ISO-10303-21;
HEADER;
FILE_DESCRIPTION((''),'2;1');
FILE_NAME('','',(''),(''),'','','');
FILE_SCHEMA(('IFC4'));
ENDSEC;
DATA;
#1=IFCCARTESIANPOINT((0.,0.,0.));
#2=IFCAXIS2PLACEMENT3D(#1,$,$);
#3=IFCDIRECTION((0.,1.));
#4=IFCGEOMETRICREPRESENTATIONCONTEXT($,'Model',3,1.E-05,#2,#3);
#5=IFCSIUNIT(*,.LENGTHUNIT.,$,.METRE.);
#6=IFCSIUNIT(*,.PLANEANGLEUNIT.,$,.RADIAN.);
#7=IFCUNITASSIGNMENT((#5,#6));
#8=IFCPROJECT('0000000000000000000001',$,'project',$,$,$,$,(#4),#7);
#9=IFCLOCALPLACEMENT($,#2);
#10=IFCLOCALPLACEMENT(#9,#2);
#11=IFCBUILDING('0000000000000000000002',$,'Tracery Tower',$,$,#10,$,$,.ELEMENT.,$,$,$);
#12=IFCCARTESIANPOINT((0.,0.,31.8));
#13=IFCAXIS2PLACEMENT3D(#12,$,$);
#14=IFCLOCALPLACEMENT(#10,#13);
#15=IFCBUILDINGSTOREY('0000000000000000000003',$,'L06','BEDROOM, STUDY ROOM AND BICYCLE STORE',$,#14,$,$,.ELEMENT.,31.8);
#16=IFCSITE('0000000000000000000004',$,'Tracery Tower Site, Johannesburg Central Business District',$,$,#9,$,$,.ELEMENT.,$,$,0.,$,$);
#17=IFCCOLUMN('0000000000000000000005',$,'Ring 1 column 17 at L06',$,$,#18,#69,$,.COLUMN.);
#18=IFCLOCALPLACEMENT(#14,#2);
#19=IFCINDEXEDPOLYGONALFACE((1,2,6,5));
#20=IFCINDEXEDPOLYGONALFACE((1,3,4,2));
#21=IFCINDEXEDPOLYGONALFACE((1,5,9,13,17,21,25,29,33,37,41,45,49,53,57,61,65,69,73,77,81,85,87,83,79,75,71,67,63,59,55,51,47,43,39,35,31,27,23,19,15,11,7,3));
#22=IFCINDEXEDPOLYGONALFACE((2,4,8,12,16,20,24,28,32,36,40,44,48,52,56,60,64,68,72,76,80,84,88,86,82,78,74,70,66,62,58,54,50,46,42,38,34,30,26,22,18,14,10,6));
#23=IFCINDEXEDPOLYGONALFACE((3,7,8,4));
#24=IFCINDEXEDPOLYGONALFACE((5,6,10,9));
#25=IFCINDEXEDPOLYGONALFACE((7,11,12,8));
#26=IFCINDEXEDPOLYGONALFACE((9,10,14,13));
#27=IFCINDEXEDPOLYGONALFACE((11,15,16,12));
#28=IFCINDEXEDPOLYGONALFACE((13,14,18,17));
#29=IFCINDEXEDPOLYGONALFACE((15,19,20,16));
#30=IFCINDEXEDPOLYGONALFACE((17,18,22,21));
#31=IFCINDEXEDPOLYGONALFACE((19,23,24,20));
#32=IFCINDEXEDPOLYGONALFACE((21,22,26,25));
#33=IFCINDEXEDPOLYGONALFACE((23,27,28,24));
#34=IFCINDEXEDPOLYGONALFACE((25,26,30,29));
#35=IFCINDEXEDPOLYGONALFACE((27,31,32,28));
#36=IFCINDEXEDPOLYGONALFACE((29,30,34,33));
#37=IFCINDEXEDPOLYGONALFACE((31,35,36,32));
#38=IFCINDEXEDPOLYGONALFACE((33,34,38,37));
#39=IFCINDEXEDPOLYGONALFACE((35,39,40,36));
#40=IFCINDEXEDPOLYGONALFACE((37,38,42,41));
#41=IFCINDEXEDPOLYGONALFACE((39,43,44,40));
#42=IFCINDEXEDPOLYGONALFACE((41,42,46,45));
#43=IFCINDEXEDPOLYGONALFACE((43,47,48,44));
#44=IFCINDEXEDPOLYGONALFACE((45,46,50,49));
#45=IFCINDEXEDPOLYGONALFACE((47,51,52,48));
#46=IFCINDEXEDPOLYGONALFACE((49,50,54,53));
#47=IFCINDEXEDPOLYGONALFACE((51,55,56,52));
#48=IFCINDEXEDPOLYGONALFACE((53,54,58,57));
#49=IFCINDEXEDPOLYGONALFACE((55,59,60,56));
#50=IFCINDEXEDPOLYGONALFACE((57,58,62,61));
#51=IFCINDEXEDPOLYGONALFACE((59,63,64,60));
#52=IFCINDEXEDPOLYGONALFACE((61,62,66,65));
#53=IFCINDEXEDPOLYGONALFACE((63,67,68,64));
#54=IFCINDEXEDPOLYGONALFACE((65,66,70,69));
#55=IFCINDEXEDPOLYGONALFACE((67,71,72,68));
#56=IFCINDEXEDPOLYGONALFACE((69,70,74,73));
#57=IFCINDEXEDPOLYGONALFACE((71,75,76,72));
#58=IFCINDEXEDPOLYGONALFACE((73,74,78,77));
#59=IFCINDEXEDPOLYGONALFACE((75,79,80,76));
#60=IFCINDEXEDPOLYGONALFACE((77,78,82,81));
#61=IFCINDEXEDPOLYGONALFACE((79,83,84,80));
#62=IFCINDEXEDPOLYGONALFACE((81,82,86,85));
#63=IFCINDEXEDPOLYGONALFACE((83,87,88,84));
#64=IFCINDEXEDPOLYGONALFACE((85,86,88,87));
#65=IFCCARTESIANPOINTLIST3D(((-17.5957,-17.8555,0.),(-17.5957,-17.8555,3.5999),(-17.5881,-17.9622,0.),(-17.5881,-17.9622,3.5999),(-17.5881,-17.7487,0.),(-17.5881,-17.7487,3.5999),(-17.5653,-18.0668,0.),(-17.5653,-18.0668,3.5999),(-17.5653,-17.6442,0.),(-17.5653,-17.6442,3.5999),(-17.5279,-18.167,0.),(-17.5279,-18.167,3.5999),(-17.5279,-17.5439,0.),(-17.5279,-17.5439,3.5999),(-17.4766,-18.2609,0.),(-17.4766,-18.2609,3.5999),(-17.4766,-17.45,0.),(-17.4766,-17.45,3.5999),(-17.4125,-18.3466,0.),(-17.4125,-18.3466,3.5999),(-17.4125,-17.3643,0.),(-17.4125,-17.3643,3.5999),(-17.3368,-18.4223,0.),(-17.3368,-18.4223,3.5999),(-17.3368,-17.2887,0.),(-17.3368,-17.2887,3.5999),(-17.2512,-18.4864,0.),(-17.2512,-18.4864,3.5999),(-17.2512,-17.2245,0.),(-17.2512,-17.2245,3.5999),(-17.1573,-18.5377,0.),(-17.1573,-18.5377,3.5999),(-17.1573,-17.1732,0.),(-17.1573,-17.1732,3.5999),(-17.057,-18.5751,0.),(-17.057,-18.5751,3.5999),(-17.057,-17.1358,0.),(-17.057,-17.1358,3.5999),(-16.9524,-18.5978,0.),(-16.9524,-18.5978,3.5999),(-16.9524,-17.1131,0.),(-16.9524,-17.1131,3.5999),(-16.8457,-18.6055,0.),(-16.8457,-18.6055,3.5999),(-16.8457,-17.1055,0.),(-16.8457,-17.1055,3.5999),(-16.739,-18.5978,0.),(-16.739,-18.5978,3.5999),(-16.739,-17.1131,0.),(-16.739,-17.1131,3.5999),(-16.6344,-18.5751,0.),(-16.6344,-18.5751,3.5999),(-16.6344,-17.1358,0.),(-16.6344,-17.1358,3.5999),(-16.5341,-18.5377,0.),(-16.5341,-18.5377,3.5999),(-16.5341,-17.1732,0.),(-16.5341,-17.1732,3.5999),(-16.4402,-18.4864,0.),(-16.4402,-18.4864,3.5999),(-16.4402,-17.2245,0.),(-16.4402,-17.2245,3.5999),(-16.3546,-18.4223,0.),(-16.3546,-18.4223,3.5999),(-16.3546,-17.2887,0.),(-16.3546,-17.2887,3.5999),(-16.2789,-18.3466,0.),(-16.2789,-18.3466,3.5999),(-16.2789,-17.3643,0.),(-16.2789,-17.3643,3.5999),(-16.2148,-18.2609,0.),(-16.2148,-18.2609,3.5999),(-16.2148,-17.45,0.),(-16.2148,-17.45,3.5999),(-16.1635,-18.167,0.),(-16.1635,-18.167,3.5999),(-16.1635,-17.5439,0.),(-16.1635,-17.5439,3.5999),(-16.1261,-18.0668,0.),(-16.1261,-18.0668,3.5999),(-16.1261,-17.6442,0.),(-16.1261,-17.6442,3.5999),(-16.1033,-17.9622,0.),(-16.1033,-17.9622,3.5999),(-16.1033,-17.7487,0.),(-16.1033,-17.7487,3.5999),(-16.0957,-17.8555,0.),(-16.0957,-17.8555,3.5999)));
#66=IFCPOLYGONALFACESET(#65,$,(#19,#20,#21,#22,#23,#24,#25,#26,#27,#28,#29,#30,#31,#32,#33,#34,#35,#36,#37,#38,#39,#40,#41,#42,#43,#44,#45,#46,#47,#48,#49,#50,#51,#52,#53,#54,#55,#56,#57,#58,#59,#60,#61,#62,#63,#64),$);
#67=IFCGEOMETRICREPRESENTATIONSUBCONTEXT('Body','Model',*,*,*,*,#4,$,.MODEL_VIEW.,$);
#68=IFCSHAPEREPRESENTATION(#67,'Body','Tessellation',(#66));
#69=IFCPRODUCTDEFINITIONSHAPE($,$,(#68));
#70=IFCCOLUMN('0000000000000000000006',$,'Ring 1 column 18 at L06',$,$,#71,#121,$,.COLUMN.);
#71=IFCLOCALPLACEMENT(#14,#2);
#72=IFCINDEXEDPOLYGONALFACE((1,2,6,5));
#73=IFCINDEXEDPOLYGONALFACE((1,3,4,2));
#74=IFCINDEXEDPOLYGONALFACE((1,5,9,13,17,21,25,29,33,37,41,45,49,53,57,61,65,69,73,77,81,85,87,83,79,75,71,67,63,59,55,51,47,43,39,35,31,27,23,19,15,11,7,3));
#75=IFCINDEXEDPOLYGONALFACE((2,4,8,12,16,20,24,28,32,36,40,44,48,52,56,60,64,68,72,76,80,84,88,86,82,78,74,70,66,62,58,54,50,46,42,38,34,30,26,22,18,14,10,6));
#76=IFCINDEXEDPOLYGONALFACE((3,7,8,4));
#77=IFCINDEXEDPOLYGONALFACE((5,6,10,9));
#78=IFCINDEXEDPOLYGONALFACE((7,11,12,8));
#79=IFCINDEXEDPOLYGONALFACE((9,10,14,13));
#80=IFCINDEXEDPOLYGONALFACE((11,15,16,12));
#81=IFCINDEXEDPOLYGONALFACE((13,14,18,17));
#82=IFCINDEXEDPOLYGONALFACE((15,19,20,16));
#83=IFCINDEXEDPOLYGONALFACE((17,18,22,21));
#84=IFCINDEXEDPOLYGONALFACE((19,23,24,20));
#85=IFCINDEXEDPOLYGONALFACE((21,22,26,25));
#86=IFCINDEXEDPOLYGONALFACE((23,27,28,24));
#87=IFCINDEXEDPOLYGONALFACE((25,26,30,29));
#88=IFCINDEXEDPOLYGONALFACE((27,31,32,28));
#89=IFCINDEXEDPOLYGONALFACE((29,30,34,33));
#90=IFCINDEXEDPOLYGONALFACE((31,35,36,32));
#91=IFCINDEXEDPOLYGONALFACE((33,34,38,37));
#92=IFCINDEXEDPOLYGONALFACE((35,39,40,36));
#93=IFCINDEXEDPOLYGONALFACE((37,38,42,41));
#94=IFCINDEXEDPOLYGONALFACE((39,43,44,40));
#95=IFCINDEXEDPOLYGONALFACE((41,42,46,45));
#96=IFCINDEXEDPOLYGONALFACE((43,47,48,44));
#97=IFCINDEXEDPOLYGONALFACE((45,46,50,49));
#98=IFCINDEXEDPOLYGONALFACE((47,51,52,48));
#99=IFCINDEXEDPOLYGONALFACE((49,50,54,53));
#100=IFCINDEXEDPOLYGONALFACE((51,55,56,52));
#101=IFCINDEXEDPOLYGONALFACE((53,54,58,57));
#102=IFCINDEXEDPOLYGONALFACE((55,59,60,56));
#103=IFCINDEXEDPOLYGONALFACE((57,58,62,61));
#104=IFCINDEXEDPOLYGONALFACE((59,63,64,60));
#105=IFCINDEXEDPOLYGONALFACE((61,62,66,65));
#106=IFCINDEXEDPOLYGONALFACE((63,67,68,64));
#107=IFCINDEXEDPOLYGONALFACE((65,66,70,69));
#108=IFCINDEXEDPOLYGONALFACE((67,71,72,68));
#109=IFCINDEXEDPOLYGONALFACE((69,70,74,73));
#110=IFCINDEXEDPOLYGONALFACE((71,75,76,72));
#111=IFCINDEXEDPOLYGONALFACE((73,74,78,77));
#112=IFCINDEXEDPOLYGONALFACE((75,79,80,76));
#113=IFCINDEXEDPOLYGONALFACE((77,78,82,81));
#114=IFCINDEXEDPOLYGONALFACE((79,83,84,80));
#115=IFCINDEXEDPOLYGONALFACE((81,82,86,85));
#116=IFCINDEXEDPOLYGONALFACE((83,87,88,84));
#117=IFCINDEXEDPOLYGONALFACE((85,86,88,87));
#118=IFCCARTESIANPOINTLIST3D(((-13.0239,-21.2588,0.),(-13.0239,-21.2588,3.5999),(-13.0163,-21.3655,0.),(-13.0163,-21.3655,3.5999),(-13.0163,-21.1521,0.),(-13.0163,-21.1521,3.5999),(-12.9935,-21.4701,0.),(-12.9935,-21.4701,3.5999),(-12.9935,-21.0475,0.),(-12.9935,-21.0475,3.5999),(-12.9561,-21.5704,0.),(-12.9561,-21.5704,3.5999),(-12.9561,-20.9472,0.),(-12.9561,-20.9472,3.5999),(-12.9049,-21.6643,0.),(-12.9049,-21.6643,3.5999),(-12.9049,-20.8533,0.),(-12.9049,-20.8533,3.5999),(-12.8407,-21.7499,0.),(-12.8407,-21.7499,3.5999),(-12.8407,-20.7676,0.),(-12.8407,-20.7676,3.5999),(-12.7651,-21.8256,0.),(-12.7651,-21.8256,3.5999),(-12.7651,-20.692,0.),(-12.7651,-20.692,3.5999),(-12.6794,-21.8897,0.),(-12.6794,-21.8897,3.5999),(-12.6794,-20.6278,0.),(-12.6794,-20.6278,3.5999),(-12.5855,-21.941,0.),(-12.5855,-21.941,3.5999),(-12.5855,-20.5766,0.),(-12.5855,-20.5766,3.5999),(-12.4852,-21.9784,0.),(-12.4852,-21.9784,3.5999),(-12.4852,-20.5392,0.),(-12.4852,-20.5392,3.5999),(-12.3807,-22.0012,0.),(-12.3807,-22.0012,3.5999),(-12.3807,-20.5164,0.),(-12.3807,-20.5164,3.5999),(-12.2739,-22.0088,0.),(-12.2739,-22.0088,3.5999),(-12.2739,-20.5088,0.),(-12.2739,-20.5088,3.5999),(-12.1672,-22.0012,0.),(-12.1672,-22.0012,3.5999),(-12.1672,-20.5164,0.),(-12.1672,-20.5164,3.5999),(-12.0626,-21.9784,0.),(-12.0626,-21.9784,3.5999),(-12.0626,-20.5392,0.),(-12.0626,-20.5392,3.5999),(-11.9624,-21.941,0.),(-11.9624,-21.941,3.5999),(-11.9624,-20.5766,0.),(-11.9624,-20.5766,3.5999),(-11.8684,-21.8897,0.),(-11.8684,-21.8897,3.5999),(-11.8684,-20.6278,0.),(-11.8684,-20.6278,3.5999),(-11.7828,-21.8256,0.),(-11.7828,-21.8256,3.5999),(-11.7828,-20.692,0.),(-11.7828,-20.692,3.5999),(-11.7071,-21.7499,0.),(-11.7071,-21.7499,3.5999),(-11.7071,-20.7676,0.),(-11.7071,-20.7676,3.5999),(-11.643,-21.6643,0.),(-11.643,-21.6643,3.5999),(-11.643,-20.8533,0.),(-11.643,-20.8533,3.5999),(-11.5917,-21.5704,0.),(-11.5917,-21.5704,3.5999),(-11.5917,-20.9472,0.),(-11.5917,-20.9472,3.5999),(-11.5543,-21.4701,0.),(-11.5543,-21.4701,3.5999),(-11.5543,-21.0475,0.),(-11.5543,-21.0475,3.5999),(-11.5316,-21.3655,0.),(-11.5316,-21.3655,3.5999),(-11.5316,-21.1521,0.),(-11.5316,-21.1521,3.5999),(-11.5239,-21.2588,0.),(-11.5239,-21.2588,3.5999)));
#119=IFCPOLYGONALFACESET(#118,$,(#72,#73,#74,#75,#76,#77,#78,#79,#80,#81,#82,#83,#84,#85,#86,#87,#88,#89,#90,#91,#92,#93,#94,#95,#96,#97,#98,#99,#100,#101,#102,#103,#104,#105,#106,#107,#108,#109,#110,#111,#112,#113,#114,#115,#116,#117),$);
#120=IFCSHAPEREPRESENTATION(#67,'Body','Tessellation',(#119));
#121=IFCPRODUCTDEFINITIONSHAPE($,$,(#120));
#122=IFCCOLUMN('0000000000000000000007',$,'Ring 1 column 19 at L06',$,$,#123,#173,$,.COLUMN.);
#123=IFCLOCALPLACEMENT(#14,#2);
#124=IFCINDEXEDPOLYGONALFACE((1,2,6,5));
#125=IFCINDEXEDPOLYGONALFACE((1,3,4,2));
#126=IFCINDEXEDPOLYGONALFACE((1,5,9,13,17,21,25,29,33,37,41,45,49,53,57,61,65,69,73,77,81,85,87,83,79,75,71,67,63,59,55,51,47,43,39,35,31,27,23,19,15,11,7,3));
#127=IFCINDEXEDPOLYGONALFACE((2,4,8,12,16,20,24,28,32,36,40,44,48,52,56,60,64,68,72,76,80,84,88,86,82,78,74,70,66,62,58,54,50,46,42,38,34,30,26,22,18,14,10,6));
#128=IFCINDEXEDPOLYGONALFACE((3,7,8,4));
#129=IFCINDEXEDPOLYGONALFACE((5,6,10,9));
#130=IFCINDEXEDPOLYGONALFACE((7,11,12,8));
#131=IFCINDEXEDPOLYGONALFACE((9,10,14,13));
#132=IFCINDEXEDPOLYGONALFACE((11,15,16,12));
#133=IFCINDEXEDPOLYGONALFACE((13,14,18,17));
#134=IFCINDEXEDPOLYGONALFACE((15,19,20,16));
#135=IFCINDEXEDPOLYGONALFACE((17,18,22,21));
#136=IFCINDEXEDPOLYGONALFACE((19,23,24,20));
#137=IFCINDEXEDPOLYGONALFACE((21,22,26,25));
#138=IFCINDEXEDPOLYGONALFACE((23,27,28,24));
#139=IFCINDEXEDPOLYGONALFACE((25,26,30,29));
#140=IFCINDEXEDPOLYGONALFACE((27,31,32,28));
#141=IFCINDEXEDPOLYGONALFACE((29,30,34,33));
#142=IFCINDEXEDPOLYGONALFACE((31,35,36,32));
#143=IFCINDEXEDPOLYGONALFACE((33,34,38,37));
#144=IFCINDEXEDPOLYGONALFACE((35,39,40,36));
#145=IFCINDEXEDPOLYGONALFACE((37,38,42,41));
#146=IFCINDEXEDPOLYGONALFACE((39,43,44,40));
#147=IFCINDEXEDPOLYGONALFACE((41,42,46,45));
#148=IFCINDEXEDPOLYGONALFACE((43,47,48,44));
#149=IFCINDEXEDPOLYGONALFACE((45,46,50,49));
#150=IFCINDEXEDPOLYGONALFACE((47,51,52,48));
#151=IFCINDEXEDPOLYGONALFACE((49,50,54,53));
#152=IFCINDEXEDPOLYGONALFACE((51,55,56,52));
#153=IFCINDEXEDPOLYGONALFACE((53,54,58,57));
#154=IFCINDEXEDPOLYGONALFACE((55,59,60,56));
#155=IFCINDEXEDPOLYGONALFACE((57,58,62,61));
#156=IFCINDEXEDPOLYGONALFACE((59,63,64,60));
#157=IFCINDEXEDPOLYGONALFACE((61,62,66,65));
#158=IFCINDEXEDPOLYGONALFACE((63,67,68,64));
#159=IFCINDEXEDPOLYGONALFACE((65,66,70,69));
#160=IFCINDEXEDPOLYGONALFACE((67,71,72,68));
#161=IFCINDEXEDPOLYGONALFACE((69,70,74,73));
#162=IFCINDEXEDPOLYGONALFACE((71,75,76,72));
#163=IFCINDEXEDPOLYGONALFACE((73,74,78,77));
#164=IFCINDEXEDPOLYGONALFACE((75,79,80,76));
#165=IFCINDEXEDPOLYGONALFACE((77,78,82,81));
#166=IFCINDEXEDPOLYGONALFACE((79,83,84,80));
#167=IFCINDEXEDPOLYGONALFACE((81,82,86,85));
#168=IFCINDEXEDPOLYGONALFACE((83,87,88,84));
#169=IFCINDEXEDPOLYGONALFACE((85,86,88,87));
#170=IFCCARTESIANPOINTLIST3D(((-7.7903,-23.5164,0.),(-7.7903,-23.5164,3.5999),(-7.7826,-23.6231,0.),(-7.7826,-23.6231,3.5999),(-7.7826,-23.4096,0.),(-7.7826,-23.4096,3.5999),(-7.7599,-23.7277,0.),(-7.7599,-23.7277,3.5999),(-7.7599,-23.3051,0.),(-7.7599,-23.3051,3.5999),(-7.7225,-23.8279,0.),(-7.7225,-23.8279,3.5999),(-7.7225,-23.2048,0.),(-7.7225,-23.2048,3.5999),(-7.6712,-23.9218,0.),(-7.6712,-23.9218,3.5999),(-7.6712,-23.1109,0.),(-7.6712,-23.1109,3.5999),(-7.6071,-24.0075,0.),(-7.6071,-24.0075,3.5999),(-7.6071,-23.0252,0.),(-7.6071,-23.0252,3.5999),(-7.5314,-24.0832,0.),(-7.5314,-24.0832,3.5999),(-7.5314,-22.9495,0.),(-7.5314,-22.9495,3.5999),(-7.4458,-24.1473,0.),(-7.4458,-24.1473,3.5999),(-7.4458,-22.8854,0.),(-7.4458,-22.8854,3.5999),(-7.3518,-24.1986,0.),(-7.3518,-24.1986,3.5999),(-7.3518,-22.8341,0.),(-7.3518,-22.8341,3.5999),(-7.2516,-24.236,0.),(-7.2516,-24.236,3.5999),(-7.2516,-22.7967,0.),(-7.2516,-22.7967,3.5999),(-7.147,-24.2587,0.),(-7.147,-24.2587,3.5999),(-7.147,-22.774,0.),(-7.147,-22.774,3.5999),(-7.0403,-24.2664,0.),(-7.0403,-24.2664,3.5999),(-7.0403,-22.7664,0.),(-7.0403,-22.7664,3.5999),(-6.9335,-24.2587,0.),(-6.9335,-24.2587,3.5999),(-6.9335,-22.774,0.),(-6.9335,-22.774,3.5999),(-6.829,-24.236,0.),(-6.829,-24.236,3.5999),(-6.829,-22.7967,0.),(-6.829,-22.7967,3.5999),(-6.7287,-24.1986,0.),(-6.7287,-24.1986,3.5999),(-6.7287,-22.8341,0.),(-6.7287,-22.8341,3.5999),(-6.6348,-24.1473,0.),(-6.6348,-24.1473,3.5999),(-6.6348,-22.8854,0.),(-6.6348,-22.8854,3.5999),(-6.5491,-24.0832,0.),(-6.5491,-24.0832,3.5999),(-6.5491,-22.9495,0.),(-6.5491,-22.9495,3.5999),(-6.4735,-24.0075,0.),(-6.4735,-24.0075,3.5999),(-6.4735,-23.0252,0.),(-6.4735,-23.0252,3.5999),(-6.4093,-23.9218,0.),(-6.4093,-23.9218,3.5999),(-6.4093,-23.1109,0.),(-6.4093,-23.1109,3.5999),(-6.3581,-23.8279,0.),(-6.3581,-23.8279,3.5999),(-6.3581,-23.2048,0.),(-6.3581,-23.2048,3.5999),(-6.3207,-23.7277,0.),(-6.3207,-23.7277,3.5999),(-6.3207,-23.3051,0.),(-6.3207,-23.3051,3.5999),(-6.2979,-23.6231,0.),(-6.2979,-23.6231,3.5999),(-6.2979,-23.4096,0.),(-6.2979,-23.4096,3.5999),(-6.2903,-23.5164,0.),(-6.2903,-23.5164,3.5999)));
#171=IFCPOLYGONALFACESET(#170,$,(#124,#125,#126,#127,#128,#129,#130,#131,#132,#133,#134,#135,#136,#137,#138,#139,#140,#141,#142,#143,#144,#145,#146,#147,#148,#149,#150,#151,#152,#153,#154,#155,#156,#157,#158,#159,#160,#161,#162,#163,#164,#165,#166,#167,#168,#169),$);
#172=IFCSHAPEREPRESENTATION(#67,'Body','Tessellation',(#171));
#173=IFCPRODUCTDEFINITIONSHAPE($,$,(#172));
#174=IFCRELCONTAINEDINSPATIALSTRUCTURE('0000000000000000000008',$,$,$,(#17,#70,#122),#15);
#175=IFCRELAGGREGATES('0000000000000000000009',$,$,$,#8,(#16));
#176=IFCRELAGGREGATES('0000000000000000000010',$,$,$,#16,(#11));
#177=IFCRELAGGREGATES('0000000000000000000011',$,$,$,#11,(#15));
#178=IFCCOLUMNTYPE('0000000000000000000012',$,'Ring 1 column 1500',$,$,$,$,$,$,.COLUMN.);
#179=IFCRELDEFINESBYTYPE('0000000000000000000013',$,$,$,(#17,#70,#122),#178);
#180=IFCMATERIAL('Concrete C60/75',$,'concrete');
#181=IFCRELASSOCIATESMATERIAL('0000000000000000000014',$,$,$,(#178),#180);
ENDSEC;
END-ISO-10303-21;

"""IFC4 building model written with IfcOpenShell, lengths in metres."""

from ifc_helpers import new_model, si_unit, direction, frame, origin, origin_2d, place, context, subcontext, project, spatial, circle, extrude, material, material_profile, profile_set, type_object, element, save


model = new_model("IFC4")

# Units and contexts
model_context = context("Model", 3, precision=1e-05, world=origin(), true_north=direction((0.0, 1.0)))
body_context = subcontext(model_context, "Body", "Model", "MODEL_VIEW")
ifc_project = project(units=[si_unit("LENGTHUNIT", "METRE"), si_unit("PLANEANGLEUNIT", "RADIAN")], contexts=[model_context])

# Site, building, storey
site_placement = place(None, origin())
site = spatial("IfcSite", under=ifc_project, at=site_placement, Name="Tracery Tower Site, Johannesburg Central Business District", CompositionType="ELEMENT", RefElevation=0.0)
building_placement = place(site_placement, origin())
building = spatial("IfcBuilding", under=site, at=building_placement, Name="Tracery Tower", CompositionType="ELEMENT")
storey_placement = place(building_placement, frame((0.0, 0.0, 31.8)))
storey = spatial("IfcBuildingStorey", under=building, at=storey_placement, Name="L06", Description="BEDROOM, STUDY ROOM AND BICYCLE STORE", CompositionType="ELEMENT", Elevation=31.8)

# Columns
ifc_material_1 = material(Name="Concrete C60/75", Category="concrete")
ifc_material_profile_1 = material_profile(ifc_material_1, circle(Radius=0.75, at=origin_2d()), Name="RC D1500")
ifc_profile_set_1 = profile_set([ifc_material_profile_1], Name="Concrete C60/75")
column_type_1 = type_object("IfcColumnType", Name="Ring 1 column 1500", PredefinedType="COLUMN", material=ifc_profile_set_1)
for number, where, z_axis, x_axis, name in (
    (1, (-16.8457, -17.8555, 0.0), (0.0, 0.0, 1.0), (1.0, 0.0, 0.0), "Ring 1 column 17 at L06"),
    (2, (-12.2739, -21.2588, 0.0), (0.0, 0.0, 1.0), (1.0, 0.0, 0.0), "Ring 1 column 18 at L06"),
    (3, (-7.0403, -23.5164, 0.0), (0.0, 0.0, 1.0), (1.0, 0.0, 0.0), "Ring 1 column 19 at L06"),
):
    element("IfcColumn", number, at=place(storey_placement, frame(where, z_axis=z_axis, x_axis=x_axis)), inside=storey, type_object=column_type_1, Name=name, PredefinedType="COLUMN", context=body_context, shape_type="SweptSolid", body=[
        extrude(circle(Radius=0.75, at=origin_2d()), origin(), (0.0, 0.0, 1.0), 3.5999),
    ])

save(model, "model.ifc")
